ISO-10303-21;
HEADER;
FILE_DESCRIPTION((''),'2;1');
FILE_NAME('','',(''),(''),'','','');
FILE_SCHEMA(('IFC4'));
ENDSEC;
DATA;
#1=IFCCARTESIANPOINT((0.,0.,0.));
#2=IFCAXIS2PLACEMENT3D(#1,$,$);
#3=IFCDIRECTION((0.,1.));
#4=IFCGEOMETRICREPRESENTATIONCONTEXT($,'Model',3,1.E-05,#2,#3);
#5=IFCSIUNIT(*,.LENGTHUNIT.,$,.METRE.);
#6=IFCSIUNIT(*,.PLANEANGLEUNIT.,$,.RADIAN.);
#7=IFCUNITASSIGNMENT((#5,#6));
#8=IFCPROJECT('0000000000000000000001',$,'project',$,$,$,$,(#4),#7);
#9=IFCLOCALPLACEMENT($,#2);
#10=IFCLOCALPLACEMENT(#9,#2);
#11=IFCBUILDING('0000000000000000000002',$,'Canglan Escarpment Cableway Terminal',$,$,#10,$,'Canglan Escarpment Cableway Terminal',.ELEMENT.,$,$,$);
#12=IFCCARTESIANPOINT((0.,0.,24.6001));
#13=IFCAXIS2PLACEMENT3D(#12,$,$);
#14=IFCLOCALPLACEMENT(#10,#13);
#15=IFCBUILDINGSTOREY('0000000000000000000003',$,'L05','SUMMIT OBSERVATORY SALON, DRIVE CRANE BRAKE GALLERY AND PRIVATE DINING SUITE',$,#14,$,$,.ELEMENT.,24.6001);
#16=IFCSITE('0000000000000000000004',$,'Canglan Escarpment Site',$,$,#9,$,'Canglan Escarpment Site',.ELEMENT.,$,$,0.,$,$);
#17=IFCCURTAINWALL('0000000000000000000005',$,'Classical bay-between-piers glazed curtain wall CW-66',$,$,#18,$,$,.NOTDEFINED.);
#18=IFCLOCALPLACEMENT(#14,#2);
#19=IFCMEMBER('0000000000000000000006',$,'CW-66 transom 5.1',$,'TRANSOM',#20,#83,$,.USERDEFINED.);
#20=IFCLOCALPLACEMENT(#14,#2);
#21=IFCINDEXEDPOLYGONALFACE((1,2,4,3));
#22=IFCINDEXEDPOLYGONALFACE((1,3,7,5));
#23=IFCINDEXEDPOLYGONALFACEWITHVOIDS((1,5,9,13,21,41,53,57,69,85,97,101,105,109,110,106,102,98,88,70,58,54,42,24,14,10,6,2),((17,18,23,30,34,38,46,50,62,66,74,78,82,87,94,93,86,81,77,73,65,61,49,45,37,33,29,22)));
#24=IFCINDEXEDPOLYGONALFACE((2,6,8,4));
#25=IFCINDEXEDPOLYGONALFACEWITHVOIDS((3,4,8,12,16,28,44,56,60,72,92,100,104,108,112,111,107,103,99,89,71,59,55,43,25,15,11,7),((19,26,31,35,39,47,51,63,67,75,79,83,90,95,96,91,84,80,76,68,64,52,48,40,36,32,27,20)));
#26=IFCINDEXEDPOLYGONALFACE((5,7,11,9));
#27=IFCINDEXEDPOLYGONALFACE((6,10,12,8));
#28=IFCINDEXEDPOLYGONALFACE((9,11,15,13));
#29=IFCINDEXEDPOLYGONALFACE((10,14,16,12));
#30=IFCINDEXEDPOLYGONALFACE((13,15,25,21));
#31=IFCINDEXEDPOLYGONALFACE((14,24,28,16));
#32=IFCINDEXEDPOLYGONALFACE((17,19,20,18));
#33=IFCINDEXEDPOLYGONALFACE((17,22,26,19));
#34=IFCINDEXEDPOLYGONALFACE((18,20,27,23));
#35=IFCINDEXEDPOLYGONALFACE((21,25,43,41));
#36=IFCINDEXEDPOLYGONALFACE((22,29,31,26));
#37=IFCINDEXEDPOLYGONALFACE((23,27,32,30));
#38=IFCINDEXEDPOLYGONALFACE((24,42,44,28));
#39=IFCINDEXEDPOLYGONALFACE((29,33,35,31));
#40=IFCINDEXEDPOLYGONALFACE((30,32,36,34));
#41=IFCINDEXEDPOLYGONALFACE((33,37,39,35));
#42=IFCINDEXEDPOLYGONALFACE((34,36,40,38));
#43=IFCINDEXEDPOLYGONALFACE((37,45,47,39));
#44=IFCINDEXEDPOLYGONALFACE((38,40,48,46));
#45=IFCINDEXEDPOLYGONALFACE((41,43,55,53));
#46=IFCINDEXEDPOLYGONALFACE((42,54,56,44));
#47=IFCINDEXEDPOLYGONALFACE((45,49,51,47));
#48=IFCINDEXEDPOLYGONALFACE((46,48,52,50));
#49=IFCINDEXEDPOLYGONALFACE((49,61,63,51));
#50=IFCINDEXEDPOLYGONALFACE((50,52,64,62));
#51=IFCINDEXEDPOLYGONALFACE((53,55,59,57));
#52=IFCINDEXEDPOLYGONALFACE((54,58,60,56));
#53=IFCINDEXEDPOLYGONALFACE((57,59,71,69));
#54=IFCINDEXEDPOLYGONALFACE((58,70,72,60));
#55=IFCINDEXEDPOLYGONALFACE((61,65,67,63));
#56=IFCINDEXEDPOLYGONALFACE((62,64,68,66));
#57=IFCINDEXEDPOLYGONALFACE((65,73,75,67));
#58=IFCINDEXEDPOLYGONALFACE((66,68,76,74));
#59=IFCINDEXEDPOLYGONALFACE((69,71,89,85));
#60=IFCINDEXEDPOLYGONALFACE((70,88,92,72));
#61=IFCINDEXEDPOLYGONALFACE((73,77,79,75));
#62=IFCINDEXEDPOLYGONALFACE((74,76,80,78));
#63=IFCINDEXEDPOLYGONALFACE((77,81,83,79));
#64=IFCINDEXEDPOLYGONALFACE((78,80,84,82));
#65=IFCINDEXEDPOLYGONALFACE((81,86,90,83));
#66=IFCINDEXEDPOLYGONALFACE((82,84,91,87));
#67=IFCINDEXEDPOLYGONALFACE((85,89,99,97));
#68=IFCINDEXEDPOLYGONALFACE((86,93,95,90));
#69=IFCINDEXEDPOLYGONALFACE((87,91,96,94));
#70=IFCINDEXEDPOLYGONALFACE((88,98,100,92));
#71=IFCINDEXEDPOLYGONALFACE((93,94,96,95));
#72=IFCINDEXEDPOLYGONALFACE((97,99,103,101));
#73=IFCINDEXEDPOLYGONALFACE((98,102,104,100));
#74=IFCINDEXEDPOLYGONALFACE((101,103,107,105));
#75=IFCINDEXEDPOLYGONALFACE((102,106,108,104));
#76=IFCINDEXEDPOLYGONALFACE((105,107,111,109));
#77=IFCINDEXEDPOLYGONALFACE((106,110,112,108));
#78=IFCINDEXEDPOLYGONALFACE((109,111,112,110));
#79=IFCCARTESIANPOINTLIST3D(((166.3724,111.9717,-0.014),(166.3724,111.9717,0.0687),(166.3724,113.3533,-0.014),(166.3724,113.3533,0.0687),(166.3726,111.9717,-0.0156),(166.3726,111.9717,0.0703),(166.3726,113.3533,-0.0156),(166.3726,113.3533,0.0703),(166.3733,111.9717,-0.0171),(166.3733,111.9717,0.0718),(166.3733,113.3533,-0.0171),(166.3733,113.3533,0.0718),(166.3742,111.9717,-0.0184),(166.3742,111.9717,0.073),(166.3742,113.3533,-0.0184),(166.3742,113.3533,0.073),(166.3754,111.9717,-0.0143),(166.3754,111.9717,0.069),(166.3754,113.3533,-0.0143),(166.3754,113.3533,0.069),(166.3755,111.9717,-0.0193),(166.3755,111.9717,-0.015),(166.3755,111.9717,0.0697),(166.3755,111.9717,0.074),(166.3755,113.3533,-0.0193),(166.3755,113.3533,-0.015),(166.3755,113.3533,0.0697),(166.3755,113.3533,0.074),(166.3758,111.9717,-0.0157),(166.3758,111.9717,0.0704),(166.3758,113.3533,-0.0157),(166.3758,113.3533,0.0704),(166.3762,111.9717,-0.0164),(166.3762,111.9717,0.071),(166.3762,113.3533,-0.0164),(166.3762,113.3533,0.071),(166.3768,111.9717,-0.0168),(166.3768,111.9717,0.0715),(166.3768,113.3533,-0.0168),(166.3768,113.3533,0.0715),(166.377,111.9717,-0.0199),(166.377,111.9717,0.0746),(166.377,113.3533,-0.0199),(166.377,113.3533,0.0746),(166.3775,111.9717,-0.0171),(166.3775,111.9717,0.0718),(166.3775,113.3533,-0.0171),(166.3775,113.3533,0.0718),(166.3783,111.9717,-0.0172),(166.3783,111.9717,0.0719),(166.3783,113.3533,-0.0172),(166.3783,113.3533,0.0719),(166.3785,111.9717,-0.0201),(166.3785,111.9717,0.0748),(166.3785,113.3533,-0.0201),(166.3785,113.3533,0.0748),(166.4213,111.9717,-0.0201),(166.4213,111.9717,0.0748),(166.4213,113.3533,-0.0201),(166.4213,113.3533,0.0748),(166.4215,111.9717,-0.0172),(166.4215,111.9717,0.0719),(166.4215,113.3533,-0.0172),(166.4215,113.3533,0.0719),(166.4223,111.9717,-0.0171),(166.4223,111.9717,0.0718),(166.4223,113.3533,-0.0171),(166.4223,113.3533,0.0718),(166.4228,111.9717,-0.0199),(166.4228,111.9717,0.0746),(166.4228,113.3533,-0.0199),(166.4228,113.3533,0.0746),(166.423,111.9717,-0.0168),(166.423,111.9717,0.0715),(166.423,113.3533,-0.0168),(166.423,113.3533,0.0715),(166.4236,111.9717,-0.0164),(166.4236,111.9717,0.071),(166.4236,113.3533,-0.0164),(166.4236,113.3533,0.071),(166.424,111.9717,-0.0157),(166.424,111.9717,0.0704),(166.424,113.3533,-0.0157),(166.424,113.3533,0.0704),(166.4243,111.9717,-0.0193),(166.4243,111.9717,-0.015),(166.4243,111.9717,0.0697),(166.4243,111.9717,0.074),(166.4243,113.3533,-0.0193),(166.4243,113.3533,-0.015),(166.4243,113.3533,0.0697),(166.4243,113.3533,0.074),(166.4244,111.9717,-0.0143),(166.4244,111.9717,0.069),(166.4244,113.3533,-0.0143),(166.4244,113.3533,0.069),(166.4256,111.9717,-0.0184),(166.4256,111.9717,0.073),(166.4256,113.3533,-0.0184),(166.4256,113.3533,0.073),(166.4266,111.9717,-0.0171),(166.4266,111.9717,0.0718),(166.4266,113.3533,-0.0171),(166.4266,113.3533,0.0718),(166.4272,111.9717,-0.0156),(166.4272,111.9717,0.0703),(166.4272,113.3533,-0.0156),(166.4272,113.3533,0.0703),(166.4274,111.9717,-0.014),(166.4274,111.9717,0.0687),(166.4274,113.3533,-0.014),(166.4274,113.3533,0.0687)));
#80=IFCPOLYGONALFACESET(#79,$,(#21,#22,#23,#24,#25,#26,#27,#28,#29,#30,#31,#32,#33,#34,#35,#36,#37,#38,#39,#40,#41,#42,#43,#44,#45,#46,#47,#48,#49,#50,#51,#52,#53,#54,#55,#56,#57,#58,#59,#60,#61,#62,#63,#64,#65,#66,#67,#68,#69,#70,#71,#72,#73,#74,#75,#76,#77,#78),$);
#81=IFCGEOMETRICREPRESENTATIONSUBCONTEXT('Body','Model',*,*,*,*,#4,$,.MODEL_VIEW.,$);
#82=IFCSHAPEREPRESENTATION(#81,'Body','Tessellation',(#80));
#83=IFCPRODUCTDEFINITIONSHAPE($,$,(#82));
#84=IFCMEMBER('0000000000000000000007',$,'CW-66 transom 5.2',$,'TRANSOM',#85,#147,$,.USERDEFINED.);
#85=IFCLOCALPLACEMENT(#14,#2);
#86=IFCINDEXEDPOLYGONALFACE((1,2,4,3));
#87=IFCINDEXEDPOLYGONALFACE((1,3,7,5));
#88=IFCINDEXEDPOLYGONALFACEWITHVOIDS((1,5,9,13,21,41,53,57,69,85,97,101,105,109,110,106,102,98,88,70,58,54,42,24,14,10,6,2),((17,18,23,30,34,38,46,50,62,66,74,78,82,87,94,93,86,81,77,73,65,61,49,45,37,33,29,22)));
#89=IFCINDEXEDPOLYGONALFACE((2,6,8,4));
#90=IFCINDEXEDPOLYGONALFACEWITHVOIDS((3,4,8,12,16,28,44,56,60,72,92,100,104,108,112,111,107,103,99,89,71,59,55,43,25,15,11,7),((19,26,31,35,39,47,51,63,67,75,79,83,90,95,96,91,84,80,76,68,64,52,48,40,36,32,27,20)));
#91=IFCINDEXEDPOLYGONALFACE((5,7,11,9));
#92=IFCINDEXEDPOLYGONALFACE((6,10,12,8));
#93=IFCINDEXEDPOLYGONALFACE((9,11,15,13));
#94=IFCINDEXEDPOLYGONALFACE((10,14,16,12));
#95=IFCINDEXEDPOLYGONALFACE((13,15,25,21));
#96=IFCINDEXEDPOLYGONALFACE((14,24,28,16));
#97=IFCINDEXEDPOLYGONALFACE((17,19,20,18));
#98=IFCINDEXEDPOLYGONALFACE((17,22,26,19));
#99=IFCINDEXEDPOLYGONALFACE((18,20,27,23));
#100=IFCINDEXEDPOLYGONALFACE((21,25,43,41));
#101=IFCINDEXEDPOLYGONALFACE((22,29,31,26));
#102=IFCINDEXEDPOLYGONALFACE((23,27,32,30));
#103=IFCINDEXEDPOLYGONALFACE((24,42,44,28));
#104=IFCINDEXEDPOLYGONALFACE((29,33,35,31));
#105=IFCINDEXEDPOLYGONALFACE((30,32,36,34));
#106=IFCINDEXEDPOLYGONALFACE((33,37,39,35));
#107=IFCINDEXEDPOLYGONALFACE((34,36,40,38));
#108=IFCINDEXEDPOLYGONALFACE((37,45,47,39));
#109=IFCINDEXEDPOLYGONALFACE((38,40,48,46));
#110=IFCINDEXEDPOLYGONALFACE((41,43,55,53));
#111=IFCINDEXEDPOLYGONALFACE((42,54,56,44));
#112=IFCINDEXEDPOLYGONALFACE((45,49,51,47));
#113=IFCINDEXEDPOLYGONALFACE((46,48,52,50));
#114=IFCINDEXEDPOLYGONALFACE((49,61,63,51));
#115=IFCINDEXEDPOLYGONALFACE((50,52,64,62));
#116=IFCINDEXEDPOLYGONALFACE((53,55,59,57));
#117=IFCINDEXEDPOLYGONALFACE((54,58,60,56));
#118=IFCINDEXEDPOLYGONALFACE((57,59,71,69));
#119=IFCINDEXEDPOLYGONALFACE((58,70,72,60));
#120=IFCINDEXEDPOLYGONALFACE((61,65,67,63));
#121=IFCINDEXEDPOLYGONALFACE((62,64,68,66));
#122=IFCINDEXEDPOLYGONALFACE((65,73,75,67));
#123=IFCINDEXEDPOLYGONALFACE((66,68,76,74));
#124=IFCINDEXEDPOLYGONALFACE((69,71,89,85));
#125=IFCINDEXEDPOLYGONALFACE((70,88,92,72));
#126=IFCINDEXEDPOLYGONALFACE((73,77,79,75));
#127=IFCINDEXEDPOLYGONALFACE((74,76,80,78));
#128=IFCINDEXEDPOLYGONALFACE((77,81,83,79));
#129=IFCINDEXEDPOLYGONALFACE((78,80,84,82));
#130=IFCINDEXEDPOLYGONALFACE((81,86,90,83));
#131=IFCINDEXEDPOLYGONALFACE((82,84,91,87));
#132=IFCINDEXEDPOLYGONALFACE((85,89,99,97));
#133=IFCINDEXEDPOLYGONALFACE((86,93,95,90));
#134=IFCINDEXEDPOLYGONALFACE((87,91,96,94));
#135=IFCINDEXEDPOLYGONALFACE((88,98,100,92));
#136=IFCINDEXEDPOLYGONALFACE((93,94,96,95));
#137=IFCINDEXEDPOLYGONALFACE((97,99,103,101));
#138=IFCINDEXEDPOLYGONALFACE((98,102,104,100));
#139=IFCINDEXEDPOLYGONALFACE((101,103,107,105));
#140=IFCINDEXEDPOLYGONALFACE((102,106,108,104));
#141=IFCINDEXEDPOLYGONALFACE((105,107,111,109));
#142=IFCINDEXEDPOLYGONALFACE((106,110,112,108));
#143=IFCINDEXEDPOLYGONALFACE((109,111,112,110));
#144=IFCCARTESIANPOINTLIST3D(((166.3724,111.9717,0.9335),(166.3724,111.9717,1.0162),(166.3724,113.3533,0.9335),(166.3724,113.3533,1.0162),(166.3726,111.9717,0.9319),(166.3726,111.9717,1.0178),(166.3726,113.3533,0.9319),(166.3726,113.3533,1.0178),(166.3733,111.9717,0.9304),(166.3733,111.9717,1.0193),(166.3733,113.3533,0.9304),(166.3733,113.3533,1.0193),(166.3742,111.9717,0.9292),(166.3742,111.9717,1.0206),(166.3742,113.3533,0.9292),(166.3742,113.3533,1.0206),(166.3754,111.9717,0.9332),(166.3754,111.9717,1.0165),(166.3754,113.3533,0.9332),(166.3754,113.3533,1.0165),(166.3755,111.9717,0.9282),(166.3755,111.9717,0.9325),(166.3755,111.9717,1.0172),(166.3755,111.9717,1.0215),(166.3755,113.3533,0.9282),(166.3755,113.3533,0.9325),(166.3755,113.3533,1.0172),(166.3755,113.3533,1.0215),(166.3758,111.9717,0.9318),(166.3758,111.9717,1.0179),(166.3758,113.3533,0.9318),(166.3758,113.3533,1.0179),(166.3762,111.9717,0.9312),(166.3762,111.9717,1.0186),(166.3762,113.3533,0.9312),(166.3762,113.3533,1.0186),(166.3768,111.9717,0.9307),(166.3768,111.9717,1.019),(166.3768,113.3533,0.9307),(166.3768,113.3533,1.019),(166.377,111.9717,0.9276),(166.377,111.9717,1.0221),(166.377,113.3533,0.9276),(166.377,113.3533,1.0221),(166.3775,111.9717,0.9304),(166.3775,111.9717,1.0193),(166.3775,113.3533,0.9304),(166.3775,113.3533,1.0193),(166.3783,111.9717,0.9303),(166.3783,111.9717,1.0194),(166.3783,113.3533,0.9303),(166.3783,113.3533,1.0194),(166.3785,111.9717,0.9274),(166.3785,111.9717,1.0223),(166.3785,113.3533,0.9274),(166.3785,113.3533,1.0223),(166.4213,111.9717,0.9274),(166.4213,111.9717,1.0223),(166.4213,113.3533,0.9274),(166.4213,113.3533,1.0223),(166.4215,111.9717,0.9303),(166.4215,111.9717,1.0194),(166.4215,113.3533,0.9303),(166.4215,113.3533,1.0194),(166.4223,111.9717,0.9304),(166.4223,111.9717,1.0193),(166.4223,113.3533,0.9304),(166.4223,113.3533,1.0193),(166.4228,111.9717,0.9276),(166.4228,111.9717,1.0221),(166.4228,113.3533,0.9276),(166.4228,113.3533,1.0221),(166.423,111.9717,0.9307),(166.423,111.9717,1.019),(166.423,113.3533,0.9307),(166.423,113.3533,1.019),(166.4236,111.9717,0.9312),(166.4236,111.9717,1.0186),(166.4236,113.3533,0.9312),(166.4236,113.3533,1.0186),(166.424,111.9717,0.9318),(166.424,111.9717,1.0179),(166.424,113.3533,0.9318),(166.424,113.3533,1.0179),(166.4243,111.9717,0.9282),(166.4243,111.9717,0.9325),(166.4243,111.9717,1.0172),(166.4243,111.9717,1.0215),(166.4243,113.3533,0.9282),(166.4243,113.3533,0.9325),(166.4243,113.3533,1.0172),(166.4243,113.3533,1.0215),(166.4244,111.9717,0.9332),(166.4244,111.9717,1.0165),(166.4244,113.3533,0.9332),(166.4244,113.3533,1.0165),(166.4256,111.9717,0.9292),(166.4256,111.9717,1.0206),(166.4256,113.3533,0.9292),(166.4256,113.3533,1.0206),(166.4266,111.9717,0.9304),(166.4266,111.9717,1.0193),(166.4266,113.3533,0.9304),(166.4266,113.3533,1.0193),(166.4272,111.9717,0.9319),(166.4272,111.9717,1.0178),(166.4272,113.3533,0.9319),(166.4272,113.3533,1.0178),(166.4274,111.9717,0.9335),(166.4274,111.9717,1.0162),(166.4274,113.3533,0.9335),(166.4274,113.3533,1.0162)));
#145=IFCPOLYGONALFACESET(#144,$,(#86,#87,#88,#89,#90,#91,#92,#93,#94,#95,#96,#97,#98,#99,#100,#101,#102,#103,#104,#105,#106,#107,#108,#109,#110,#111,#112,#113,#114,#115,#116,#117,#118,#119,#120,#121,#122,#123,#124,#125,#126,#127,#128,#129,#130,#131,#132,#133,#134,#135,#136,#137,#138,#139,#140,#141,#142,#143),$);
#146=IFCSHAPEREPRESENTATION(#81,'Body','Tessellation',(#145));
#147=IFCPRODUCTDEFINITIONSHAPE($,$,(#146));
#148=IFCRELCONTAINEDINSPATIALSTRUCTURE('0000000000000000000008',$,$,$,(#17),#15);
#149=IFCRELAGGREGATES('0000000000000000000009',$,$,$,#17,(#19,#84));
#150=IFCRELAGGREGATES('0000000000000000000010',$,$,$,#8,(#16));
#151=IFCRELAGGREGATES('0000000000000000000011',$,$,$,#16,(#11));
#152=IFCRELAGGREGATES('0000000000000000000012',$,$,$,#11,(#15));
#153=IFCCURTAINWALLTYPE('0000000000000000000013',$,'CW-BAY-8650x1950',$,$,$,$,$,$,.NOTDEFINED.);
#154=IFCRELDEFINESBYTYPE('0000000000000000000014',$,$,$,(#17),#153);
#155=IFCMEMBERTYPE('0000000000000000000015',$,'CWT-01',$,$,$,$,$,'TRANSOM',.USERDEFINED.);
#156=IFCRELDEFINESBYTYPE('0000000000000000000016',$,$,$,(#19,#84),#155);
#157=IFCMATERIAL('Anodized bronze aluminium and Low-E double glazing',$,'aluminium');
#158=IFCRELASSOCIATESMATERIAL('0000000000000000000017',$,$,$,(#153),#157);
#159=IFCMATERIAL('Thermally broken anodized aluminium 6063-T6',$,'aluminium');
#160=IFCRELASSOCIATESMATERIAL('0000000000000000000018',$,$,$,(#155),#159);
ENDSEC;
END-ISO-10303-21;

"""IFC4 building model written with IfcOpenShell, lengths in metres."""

from ifc_helpers import new_model, si_unit, direction, frame, origin, origin_2d, place, context, subcontext, project, spatial, hollow_rectangle, extrude, material, material_profile, profile_set, type_object, element, aggregate, save


model = new_model("IFC4")

# Units and contexts
model_context = context("Model", 3, precision=1e-05, world=origin(), true_north=direction((0.0, 1.0)))
body_context = subcontext(model_context, "Body", "Model", "MODEL_VIEW")
ifc_project = project(units=[si_unit("LENGTHUNIT", "METRE"), si_unit("PLANEANGLEUNIT", "RADIAN")], contexts=[model_context])

# Site, building, storey
site_placement = place(None, origin())
site = spatial("IfcSite", under=ifc_project, at=site_placement, Name="Canglan Escarpment Site", LongName="Canglan Escarpment Site", CompositionType="ELEMENT", RefElevation=0.0)
building_placement = place(site_placement, origin())
building = spatial("IfcBuilding", under=site, at=building_placement, Name="Canglan Escarpment Cableway Terminal", LongName="Canglan Escarpment Cableway Terminal", CompositionType="ELEMENT")
storey_placement = place(building_placement, frame((0.0, 0.0, 24.6001)))
storey = spatial("IfcBuildingStorey", under=building, at=storey_placement, Name="L05", Description="SUMMIT OBSERVATORY SALON, DRIVE CRANE BRAKE GALLERY AND PRIVATE DINING SUITE", CompositionType="ELEMENT", Elevation=24.6001)

# Curtain wall
ifc_material_1 = material(Name="Anodized bronze aluminium and Low-E double glazing", Category="aluminium")
curtain_wall_type = type_object("IfcCurtainWallType", Name="CW-BAY-8650x1950", PredefinedType="NOTDEFINED", material=ifc_material_1)
curtain_wall_1_placement = place(storey_placement, origin())
curtain_wall_1 = element("IfcCurtainWall", 1, at=curtain_wall_1_placement, inside=storey, type_object=curtain_wall_type, Name="Classical bay-between-piers glazed curtain wall CW-66", PredefinedType="NOTDEFINED")
ifc_material_2 = material(Name="Thermally broken anodized aluminium 6063-T6", Category="aluminium")

# Members
ifc_material_profile_1 = material_profile(ifc_material_2, hollow_rectangle(XDim=0.0549, YDim=0.095, WallThickness=0.0029, InnerFilletRadius=0.0029, OuterFilletRadius=0.0061, at=origin_2d()), Name="ALU-TRAN 55x95x3")
ifc_profile_set_1 = profile_set([ifc_material_profile_1], Name="Thermally broken anodized aluminium 6063-T6")
member_type_1 = type_object("IfcMemberType", Name="CWT-01", ElementType="TRANSOM", PredefinedType="USERDEFINED", material=ifc_profile_set_1)
member_1_placement = place(storey_placement, frame((166.3999, 111.9717, 0.0273), z_axis=(0.0, 1.0, 0.0), x_axis=(-1.0, 0.0, 0.0)))
member_1 = element("IfcMember", 2, at=member_1_placement, type_object=member_type_1, Name="CW-66 transom 5.1", ObjectType="TRANSOM", PredefinedType="USERDEFINED", context=body_context, shape_type="SweptSolid", body=[
    extrude(hollow_rectangle(XDim=0.0549, YDim=0.095, WallThickness=0.0029, InnerFilletRadius=0.0029, OuterFilletRadius=0.0061, at=origin_2d()), origin(), (0.0, 0.0, 1.0), 1.3816),
])
member_2_placement = place(storey_placement, frame((166.3999, 111.9717, 0.9749), z_axis=(0.0, 1.0, 0.0), x_axis=(-1.0, 0.0, 0.0)))
member_2 = element("IfcMember", 3, at=member_2_placement, type_object=member_type_1, Name="CW-66 transom 5.2", ObjectType="TRANSOM", PredefinedType="USERDEFINED", context=body_context, shape_type="SweptSolid", body=[
    extrude(hollow_rectangle(XDim=0.0549, YDim=0.095, WallThickness=0.0029, InnerFilletRadius=0.0029, OuterFilletRadius=0.0061, at=origin_2d()), origin(), (0.0, 0.0, 1.0), 1.3816),
])

aggregate(curtain_wall_1, [member_1, member_2])

save(model, "model.ifc")
